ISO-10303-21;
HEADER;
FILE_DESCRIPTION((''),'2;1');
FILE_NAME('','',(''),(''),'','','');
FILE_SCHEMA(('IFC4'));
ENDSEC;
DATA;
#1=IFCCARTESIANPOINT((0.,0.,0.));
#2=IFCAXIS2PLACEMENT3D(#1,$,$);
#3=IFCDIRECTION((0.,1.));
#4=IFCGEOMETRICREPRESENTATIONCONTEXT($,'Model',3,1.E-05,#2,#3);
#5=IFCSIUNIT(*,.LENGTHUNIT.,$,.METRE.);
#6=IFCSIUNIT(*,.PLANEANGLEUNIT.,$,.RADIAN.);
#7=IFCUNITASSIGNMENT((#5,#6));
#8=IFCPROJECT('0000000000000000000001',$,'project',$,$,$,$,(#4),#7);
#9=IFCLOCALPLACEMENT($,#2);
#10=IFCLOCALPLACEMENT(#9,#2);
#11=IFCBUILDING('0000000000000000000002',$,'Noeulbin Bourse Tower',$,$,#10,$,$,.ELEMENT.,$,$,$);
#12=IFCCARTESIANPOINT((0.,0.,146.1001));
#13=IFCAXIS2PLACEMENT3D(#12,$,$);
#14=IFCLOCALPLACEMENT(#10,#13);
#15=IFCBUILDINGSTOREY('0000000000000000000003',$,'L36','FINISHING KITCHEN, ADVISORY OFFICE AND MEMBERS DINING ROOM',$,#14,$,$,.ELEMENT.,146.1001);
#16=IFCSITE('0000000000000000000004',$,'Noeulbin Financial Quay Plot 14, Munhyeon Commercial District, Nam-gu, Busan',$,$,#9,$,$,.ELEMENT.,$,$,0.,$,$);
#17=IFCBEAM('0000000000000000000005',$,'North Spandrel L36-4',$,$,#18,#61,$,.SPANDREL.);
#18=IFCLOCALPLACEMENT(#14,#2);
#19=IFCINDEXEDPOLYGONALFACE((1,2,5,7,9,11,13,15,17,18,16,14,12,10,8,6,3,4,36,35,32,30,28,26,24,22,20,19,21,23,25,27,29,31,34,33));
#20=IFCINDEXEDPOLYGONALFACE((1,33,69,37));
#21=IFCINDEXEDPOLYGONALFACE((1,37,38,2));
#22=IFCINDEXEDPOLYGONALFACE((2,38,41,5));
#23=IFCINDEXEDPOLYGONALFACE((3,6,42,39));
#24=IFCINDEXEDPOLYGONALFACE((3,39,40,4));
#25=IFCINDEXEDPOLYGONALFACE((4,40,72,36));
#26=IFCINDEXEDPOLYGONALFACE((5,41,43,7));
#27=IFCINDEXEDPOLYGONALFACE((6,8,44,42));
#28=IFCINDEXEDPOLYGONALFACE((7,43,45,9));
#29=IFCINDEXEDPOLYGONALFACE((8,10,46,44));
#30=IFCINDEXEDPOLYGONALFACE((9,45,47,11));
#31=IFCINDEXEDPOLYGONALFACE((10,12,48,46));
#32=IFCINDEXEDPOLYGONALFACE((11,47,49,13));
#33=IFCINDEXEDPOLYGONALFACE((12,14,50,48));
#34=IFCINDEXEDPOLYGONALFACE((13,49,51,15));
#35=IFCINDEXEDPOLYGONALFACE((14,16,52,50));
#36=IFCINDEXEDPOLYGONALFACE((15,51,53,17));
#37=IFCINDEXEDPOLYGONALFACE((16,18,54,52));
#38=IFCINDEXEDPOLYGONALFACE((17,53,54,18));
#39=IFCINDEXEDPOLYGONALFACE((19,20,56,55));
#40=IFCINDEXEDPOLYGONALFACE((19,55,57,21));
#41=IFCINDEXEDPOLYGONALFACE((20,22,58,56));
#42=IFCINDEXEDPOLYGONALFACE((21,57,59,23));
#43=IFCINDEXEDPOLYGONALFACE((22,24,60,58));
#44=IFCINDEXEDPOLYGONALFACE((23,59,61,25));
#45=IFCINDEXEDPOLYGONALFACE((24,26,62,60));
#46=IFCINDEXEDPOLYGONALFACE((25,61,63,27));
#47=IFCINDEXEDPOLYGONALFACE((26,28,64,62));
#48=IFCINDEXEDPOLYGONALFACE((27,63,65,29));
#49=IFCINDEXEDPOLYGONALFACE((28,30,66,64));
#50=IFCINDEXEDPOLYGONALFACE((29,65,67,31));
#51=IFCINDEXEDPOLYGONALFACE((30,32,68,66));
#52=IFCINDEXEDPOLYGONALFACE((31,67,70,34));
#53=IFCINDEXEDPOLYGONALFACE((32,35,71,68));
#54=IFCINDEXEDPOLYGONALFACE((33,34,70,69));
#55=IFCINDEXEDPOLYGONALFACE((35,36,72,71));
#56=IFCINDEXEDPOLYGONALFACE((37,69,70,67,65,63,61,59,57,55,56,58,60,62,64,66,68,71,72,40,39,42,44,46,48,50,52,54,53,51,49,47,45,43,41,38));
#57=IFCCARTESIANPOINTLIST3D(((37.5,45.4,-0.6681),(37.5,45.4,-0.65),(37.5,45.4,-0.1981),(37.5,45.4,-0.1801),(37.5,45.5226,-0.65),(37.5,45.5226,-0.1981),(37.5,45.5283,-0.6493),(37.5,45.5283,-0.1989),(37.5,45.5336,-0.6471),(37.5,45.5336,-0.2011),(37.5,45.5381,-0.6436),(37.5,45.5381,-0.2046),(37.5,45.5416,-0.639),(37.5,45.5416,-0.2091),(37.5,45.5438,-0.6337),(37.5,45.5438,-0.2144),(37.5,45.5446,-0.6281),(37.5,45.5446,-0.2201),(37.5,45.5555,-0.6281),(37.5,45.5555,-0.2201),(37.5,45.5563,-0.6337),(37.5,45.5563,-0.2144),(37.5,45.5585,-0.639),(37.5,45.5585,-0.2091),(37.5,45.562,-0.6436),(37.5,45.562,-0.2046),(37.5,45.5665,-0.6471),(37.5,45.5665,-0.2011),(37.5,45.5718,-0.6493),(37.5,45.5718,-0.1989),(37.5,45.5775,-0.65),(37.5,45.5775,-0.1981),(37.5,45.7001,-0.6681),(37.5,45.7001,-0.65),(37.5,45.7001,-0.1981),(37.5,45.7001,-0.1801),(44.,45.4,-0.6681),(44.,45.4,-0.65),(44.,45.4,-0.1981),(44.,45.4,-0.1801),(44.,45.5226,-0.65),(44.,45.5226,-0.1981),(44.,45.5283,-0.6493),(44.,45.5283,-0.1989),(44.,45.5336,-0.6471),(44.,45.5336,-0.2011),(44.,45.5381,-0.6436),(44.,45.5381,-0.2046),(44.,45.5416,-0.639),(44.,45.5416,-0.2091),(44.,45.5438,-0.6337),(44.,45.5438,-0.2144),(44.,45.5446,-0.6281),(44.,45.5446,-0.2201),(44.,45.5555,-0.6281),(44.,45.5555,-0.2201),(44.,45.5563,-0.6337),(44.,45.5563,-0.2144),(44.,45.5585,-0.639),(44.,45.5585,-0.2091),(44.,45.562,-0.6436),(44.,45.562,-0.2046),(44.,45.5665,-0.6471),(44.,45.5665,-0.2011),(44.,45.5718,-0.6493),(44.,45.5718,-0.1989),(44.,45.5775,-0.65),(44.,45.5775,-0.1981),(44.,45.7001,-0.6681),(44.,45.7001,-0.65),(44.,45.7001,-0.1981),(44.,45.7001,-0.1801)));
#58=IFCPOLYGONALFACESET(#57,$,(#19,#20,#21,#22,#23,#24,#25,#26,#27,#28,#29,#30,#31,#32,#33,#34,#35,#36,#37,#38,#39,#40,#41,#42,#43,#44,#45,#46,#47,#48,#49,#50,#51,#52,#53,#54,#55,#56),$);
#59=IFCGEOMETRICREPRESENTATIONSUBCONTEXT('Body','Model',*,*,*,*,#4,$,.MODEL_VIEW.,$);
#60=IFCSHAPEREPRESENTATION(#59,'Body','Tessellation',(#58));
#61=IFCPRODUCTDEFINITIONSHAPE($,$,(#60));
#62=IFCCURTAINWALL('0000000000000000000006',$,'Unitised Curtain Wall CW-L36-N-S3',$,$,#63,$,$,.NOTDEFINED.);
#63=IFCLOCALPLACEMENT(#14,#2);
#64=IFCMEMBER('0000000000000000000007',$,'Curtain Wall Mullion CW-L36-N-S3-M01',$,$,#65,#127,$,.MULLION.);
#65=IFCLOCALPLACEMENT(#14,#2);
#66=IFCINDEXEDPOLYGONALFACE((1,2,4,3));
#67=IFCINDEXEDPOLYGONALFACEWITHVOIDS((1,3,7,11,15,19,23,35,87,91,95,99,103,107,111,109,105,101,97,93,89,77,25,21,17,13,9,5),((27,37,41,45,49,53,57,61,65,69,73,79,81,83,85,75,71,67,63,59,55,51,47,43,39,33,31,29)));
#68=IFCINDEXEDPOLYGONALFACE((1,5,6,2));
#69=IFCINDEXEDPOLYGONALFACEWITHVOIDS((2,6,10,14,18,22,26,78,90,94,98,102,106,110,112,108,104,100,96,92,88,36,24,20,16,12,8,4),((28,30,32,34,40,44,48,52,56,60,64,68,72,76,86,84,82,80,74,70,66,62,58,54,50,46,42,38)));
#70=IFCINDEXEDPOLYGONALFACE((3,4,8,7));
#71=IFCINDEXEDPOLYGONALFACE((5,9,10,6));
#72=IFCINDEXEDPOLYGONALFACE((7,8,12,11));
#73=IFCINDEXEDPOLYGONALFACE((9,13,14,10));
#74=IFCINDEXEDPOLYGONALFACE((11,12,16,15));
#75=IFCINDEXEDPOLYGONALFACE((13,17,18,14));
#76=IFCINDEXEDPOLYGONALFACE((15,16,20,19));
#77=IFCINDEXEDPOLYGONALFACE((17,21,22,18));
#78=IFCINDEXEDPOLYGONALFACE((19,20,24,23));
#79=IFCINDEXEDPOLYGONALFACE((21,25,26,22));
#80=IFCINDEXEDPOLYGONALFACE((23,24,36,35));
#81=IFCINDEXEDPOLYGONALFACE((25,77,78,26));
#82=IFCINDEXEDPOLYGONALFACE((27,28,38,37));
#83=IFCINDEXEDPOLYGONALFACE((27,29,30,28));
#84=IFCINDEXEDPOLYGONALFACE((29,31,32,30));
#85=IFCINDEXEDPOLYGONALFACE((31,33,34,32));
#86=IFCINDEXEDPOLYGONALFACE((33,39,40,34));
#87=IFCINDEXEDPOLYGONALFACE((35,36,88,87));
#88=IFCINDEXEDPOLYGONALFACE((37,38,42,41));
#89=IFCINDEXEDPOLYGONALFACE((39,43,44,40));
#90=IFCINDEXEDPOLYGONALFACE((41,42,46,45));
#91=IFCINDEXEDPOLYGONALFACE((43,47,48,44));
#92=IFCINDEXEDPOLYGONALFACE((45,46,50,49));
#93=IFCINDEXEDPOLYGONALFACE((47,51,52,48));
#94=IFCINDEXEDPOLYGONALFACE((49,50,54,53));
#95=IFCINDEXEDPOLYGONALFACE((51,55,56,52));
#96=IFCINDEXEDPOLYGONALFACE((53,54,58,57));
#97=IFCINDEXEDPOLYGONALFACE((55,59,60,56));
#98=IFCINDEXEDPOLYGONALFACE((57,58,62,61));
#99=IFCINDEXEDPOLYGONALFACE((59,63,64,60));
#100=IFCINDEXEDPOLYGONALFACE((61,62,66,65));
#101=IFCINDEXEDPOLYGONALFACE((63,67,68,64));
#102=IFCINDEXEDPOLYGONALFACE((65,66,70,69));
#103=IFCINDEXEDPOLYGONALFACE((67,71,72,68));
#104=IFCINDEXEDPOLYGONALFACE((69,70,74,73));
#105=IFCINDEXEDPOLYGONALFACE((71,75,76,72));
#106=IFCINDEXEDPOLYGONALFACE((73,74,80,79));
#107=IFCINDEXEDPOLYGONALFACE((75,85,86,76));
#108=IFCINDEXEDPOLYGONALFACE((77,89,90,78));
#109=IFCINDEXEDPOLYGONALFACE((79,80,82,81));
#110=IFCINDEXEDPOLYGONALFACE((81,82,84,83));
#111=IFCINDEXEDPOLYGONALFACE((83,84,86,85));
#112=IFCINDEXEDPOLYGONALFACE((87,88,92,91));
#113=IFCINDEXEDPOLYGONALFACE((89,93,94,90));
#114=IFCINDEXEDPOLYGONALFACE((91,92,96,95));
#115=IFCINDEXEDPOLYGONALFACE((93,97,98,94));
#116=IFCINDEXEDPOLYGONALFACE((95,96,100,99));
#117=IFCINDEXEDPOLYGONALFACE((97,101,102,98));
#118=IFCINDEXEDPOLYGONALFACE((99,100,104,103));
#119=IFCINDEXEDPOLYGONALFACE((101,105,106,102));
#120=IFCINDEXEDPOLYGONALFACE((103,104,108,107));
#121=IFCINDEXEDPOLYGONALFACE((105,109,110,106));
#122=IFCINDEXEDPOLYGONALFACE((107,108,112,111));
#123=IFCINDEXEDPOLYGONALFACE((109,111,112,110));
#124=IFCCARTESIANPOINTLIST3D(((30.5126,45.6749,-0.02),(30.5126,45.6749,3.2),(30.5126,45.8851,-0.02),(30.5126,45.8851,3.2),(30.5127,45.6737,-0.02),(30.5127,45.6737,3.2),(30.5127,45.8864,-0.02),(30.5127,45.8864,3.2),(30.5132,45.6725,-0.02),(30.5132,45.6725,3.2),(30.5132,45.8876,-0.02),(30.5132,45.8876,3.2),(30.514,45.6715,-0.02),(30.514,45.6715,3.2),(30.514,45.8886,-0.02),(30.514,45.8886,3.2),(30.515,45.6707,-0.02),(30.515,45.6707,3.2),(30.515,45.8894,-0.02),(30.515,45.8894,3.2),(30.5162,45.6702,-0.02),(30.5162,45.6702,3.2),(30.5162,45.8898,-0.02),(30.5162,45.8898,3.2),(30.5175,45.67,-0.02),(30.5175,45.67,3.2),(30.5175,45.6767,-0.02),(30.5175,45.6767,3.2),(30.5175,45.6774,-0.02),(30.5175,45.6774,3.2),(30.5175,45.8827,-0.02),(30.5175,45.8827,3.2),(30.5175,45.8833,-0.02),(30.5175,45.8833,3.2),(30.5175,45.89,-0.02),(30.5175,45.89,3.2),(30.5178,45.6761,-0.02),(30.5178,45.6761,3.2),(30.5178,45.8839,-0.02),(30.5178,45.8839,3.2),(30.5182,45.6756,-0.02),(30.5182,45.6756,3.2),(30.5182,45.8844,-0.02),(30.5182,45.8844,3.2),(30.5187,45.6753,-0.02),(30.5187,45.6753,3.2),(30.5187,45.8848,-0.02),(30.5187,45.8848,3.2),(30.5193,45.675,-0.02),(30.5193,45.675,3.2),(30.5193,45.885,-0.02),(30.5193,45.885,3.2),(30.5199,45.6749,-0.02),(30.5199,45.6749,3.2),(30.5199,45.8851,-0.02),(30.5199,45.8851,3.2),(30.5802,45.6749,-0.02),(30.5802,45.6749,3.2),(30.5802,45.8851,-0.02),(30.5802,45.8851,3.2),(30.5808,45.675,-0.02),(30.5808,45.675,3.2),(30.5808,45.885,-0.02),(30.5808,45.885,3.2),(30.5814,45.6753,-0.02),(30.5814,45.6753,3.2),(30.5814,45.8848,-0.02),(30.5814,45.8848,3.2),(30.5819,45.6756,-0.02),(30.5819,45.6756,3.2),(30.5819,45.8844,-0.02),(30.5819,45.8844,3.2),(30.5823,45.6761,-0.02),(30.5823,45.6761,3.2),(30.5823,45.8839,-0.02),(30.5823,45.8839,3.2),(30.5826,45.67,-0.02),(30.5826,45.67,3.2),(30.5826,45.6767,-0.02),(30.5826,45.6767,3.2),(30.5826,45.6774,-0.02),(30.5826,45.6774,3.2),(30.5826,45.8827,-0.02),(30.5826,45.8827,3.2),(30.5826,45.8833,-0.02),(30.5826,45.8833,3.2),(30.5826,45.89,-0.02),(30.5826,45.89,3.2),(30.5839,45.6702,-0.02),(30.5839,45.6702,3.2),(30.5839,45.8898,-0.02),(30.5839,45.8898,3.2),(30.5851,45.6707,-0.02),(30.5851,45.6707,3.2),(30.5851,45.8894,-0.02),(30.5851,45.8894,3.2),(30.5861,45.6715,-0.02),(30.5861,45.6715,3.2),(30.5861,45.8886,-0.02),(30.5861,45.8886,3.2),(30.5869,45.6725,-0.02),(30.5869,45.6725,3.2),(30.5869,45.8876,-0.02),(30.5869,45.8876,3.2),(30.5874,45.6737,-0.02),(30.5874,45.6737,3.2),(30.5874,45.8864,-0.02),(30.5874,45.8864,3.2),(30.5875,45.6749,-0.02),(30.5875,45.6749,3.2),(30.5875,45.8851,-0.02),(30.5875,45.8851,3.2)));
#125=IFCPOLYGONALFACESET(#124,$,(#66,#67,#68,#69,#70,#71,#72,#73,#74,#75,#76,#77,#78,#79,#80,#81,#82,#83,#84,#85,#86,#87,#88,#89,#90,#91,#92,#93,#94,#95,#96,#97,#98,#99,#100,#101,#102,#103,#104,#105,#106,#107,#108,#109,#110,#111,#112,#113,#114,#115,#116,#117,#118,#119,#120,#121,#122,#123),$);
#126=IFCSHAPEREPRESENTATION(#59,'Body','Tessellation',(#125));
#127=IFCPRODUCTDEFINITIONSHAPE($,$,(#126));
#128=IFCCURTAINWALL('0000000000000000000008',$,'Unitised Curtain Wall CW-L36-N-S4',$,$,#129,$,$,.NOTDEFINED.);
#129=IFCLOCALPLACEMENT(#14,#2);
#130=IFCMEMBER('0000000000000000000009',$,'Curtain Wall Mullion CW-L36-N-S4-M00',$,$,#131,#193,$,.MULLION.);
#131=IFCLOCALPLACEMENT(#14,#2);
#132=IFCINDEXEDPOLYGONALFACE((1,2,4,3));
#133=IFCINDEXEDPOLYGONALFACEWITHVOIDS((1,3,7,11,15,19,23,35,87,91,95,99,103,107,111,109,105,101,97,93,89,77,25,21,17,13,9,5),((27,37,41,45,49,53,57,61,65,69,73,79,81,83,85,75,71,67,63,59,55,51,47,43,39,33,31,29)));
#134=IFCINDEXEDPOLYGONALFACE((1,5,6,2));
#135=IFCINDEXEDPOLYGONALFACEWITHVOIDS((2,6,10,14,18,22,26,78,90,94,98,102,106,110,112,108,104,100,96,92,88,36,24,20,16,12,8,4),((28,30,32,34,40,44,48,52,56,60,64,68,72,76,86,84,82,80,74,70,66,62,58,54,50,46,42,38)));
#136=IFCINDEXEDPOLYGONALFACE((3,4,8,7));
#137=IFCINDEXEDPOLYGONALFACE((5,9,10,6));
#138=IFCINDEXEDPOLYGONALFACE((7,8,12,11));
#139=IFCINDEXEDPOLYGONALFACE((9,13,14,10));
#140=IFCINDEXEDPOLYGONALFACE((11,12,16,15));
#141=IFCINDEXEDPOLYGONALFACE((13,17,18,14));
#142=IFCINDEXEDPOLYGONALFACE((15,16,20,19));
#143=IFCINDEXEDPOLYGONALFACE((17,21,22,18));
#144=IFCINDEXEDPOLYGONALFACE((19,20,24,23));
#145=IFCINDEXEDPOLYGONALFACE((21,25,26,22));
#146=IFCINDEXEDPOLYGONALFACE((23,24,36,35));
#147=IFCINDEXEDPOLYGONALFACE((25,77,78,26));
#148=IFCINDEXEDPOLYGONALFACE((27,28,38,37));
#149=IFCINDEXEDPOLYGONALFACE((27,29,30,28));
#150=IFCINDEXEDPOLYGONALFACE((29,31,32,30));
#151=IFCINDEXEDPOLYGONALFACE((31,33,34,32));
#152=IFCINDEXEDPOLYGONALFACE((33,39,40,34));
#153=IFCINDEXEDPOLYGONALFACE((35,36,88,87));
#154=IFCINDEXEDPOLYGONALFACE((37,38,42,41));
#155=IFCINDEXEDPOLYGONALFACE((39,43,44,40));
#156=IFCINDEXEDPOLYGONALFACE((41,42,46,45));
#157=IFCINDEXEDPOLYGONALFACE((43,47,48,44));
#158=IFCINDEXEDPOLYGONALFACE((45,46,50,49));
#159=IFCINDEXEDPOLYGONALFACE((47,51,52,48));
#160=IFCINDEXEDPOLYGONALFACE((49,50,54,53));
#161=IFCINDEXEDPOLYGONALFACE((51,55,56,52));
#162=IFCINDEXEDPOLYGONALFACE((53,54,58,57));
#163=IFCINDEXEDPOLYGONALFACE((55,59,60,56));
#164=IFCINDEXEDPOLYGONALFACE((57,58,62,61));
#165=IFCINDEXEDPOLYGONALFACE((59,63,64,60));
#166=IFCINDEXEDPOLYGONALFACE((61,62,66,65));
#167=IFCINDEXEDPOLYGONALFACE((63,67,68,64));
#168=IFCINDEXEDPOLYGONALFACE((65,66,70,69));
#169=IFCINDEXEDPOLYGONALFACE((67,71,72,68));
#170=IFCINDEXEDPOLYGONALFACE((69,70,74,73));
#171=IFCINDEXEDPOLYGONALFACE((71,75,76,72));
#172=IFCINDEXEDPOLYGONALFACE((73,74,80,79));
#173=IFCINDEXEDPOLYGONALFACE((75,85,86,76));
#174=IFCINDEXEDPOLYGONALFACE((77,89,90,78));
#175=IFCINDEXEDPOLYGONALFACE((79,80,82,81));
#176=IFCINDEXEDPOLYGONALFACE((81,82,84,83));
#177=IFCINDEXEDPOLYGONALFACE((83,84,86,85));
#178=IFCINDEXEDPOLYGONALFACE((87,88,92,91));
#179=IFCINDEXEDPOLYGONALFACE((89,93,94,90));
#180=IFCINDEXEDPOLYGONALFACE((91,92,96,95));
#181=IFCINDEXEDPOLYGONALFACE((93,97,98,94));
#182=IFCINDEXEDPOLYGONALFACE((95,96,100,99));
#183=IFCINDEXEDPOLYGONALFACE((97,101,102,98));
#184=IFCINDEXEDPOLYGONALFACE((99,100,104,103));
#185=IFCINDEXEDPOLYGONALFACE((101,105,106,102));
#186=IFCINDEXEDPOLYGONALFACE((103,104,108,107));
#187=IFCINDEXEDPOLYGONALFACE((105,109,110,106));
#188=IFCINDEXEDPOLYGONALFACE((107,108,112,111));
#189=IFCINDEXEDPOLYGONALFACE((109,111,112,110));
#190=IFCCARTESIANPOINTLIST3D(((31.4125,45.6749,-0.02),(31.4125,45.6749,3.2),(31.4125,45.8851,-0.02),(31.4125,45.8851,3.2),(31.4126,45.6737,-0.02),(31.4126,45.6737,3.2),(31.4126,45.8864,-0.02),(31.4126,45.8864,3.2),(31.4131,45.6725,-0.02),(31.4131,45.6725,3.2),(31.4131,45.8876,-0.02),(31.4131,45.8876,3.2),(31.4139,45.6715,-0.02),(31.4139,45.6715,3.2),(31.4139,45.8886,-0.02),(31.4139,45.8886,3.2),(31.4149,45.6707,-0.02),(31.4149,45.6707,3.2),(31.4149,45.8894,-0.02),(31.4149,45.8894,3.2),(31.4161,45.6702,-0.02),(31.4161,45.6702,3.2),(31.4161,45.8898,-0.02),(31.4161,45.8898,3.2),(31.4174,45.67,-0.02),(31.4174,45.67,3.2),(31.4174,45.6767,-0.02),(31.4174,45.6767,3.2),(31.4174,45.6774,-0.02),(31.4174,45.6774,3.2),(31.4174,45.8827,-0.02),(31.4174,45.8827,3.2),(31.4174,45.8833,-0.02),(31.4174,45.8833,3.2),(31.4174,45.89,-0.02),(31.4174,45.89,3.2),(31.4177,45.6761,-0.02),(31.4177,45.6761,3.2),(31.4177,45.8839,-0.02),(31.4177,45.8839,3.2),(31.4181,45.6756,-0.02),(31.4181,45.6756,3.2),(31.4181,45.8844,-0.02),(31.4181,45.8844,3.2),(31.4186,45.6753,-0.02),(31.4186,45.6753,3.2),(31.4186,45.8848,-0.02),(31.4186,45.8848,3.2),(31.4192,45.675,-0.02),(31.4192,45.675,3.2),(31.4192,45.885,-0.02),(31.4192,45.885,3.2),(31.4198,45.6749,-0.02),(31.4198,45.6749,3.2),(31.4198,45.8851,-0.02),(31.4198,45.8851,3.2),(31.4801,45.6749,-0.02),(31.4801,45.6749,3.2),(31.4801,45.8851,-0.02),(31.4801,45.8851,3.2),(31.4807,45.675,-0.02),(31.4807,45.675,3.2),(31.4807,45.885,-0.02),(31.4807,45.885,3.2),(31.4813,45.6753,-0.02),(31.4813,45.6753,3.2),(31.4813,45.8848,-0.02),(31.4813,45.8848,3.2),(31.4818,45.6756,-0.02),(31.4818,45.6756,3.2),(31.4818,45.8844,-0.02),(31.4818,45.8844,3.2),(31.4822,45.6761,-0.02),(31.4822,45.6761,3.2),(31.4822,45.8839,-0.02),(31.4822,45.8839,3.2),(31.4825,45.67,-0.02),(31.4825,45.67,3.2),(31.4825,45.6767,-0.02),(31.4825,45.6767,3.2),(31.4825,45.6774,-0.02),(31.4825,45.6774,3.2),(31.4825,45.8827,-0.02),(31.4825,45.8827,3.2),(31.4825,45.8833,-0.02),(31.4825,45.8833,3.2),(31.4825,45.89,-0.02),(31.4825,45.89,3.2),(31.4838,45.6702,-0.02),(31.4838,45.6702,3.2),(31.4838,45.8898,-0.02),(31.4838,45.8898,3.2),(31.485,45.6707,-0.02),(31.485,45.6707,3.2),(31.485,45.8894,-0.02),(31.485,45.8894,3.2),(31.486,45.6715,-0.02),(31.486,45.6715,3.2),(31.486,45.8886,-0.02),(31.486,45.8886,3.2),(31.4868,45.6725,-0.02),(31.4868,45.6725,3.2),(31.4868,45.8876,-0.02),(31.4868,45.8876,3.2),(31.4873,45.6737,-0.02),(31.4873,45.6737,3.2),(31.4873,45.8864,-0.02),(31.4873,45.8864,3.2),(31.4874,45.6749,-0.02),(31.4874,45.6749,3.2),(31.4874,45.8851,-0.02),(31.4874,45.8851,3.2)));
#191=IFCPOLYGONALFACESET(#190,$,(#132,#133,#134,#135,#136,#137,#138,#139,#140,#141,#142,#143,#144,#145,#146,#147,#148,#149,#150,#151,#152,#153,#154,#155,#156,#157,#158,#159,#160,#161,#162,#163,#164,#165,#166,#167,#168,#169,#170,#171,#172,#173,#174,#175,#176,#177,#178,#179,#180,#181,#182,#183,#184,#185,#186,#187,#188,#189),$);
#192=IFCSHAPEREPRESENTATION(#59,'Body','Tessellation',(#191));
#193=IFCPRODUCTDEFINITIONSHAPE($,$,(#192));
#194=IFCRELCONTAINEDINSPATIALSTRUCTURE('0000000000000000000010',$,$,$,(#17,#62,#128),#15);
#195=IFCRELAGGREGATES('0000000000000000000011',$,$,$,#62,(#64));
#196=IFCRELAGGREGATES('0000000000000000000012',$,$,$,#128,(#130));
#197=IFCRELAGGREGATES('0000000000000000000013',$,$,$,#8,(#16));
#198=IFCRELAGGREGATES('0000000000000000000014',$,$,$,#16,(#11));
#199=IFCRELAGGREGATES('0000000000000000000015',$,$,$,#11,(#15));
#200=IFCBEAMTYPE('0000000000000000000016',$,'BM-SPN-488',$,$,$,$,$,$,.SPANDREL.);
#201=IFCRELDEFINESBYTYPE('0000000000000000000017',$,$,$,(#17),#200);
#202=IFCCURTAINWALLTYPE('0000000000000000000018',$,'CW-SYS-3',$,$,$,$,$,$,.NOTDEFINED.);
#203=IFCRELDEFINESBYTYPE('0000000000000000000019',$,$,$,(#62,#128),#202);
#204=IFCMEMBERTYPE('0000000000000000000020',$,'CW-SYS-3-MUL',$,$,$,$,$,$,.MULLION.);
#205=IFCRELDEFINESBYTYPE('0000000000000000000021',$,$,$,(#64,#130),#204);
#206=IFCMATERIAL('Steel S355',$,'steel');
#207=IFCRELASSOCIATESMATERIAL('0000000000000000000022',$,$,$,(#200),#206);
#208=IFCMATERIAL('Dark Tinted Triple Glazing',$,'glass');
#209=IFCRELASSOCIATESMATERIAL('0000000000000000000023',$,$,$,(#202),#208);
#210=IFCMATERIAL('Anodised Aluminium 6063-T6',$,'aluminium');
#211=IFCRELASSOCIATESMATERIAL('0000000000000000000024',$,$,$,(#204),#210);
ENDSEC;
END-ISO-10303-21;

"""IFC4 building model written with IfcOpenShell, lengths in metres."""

from ifc_helpers import new_model, si_unit, direction, frame, origin, origin_2d, place, context, subcontext, project, spatial, hollow_rectangle, i_section, extrude, material, material_profile, profile_set, type_object, element, aggregate, save


model = new_model("IFC4")

# Units and contexts
model_context = context("Model", 3, precision=1e-05, world=origin(), true_north=direction((0.0, 1.0)))
body_context = subcontext(model_context, "Body", "Model", "MODEL_VIEW")
ifc_project = project(units=[si_unit("LENGTHUNIT", "METRE"), si_unit("PLANEANGLEUNIT", "RADIAN")], contexts=[model_context])

# Site, building, storey
site_placement = place(None, origin())
site = spatial("IfcSite", under=ifc_project, at=site_placement, Name="Noeulbin Financial Quay Plot 14, Munhyeon Commercial District, Nam-gu, Busan", CompositionType="ELEMENT", RefElevation=0.0)
building_placement = place(site_placement, origin())
building = spatial("IfcBuilding", under=site, at=building_placement, Name="Noeulbin Bourse Tower", CompositionType="ELEMENT")
storey_placement = place(building_placement, frame((0.0, 0.0, 146.1001)))
storey = spatial("IfcBuildingStorey", under=building, at=storey_placement, Name="L36", Description="FINISHING KITCHEN, ADVISORY OFFICE AND MEMBERS DINING ROOM", CompositionType="ELEMENT", Elevation=146.1001)

# Shared definitions
ifc_material_1 = material(Name="Steel S355", Category="steel")

# Beam
ifc_material_profile_1 = material_profile(ifc_material_1, i_section(OverallWidth=0.3, OverallDepth=0.488, WebThickness=0.011, FlangeThickness=0.0181, FilletRadius=0.022, at=origin_2d()), Name="H-488x300x11x18", Category="LoadBearing")
ifc_profile_set_1 = profile_set([ifc_material_profile_1], Name="Steel S355")
beam_type_1 = type_object("IfcBeamType", Name="BM-SPN-488", PredefinedType="SPANDREL", material=ifc_profile_set_1)
for number, where, z_axis, x_axis, name in (
    (1, (37.5, 45.55, -0.4241), (1.0, 0.0, 0.0), (0.0, 1.0, 0.0), "North Spandrel L36-4"),
):
    element("IfcBeam", number, at=place(storey_placement, frame(where, z_axis=z_axis, x_axis=x_axis)), inside=storey, type_object=beam_type_1, Name=name, PredefinedType="SPANDREL", context=body_context, shape_type="SweptSolid", body=[
        extrude(i_section(OverallWidth=0.3, OverallDepth=0.488, WebThickness=0.011, FlangeThickness=0.0181, FilletRadius=0.022, at=origin_2d()), origin(), (0.0, 0.0, 1.0), 6.5),
    ])

# Curtain wall, member
ifc_material_2 = material(Name="Dark Tinted Triple Glazing", Category="glass")
curtain_wall_type = type_object("IfcCurtainWallType", Name="CW-SYS-3", PredefinedType="NOTDEFINED", material=ifc_material_2)
curtain_wall_1_placement = place(storey_placement, origin())
curtain_wall_1 = element("IfcCurtainWall", 2, at=curtain_wall_1_placement, inside=storey, type_object=curtain_wall_type, Name="Unitised Curtain Wall CW-L36-N-S3", PredefinedType="NOTDEFINED")
ifc_material_3 = material(Name="Anodised Aluminium 6063-T6", Category="aluminium")
ifc_material_profile_2 = material_profile(ifc_material_3, hollow_rectangle(XDim=0.075, YDim=0.22, WallThickness=0.0049, InnerFilletRadius=0.0024, OuterFilletRadius=0.0049, at=origin_2d()), Name="ALU-MULL-75x220x5", Category="LoadBearing")
ifc_profile_set_2 = profile_set([ifc_material_profile_2], Name="Anodised Aluminium 6063-T6")
member_type_1 = type_object("IfcMemberType", Name="CW-SYS-3-MUL", PredefinedType="MULLION", material=ifc_profile_set_2)
member_1_placement = place(storey_placement, frame((30.55, 45.78, -0.02), z_axis=(0.0, 0.0, 1.0), x_axis=(1.0, 0.0, 0.0)))
member_1 = element("IfcMember", 3, at=member_1_placement, type_object=member_type_1, Name="Curtain Wall Mullion CW-L36-N-S3-M01", PredefinedType="MULLION", context=body_context, shape_type="SweptSolid", body=[
    extrude(hollow_rectangle(XDim=0.075, YDim=0.22, WallThickness=0.0049, InnerFilletRadius=0.0024, OuterFilletRadius=0.0049, at=origin_2d()), origin(), (0.0, 0.0, 1.0), 3.22),
])
aggregate(curtain_wall_1, [member_1])

# Curtain wall, member
curtain_wall_2_placement = place(storey_placement, origin())
curtain_wall_2 = element("IfcCurtainWall", 4, at=curtain_wall_2_placement, inside=storey, type_object=curtain_wall_type, Name="Unitised Curtain Wall CW-L36-N-S4", PredefinedType="NOTDEFINED")
member_2_placement = place(storey_placement, frame((31.45, 45.78, -0.02), z_axis=(0.0, 0.0, 1.0), x_axis=(1.0, 0.0, 0.0)))
member_2 = element("IfcMember", 5, at=member_2_placement, type_object=member_type_1, Name="Curtain Wall Mullion CW-L36-N-S4-M00", PredefinedType="MULLION", context=body_context, shape_type="SweptSolid", body=[
    extrude(hollow_rectangle(XDim=0.075, YDim=0.22, WallThickness=0.0049, InnerFilletRadius=0.0024, OuterFilletRadius=0.0049, at=origin_2d()), origin(), (0.0, 0.0, 1.0), 3.22),
])

aggregate(curtain_wall_2, [member_2])

save(model, "model.ifc")
